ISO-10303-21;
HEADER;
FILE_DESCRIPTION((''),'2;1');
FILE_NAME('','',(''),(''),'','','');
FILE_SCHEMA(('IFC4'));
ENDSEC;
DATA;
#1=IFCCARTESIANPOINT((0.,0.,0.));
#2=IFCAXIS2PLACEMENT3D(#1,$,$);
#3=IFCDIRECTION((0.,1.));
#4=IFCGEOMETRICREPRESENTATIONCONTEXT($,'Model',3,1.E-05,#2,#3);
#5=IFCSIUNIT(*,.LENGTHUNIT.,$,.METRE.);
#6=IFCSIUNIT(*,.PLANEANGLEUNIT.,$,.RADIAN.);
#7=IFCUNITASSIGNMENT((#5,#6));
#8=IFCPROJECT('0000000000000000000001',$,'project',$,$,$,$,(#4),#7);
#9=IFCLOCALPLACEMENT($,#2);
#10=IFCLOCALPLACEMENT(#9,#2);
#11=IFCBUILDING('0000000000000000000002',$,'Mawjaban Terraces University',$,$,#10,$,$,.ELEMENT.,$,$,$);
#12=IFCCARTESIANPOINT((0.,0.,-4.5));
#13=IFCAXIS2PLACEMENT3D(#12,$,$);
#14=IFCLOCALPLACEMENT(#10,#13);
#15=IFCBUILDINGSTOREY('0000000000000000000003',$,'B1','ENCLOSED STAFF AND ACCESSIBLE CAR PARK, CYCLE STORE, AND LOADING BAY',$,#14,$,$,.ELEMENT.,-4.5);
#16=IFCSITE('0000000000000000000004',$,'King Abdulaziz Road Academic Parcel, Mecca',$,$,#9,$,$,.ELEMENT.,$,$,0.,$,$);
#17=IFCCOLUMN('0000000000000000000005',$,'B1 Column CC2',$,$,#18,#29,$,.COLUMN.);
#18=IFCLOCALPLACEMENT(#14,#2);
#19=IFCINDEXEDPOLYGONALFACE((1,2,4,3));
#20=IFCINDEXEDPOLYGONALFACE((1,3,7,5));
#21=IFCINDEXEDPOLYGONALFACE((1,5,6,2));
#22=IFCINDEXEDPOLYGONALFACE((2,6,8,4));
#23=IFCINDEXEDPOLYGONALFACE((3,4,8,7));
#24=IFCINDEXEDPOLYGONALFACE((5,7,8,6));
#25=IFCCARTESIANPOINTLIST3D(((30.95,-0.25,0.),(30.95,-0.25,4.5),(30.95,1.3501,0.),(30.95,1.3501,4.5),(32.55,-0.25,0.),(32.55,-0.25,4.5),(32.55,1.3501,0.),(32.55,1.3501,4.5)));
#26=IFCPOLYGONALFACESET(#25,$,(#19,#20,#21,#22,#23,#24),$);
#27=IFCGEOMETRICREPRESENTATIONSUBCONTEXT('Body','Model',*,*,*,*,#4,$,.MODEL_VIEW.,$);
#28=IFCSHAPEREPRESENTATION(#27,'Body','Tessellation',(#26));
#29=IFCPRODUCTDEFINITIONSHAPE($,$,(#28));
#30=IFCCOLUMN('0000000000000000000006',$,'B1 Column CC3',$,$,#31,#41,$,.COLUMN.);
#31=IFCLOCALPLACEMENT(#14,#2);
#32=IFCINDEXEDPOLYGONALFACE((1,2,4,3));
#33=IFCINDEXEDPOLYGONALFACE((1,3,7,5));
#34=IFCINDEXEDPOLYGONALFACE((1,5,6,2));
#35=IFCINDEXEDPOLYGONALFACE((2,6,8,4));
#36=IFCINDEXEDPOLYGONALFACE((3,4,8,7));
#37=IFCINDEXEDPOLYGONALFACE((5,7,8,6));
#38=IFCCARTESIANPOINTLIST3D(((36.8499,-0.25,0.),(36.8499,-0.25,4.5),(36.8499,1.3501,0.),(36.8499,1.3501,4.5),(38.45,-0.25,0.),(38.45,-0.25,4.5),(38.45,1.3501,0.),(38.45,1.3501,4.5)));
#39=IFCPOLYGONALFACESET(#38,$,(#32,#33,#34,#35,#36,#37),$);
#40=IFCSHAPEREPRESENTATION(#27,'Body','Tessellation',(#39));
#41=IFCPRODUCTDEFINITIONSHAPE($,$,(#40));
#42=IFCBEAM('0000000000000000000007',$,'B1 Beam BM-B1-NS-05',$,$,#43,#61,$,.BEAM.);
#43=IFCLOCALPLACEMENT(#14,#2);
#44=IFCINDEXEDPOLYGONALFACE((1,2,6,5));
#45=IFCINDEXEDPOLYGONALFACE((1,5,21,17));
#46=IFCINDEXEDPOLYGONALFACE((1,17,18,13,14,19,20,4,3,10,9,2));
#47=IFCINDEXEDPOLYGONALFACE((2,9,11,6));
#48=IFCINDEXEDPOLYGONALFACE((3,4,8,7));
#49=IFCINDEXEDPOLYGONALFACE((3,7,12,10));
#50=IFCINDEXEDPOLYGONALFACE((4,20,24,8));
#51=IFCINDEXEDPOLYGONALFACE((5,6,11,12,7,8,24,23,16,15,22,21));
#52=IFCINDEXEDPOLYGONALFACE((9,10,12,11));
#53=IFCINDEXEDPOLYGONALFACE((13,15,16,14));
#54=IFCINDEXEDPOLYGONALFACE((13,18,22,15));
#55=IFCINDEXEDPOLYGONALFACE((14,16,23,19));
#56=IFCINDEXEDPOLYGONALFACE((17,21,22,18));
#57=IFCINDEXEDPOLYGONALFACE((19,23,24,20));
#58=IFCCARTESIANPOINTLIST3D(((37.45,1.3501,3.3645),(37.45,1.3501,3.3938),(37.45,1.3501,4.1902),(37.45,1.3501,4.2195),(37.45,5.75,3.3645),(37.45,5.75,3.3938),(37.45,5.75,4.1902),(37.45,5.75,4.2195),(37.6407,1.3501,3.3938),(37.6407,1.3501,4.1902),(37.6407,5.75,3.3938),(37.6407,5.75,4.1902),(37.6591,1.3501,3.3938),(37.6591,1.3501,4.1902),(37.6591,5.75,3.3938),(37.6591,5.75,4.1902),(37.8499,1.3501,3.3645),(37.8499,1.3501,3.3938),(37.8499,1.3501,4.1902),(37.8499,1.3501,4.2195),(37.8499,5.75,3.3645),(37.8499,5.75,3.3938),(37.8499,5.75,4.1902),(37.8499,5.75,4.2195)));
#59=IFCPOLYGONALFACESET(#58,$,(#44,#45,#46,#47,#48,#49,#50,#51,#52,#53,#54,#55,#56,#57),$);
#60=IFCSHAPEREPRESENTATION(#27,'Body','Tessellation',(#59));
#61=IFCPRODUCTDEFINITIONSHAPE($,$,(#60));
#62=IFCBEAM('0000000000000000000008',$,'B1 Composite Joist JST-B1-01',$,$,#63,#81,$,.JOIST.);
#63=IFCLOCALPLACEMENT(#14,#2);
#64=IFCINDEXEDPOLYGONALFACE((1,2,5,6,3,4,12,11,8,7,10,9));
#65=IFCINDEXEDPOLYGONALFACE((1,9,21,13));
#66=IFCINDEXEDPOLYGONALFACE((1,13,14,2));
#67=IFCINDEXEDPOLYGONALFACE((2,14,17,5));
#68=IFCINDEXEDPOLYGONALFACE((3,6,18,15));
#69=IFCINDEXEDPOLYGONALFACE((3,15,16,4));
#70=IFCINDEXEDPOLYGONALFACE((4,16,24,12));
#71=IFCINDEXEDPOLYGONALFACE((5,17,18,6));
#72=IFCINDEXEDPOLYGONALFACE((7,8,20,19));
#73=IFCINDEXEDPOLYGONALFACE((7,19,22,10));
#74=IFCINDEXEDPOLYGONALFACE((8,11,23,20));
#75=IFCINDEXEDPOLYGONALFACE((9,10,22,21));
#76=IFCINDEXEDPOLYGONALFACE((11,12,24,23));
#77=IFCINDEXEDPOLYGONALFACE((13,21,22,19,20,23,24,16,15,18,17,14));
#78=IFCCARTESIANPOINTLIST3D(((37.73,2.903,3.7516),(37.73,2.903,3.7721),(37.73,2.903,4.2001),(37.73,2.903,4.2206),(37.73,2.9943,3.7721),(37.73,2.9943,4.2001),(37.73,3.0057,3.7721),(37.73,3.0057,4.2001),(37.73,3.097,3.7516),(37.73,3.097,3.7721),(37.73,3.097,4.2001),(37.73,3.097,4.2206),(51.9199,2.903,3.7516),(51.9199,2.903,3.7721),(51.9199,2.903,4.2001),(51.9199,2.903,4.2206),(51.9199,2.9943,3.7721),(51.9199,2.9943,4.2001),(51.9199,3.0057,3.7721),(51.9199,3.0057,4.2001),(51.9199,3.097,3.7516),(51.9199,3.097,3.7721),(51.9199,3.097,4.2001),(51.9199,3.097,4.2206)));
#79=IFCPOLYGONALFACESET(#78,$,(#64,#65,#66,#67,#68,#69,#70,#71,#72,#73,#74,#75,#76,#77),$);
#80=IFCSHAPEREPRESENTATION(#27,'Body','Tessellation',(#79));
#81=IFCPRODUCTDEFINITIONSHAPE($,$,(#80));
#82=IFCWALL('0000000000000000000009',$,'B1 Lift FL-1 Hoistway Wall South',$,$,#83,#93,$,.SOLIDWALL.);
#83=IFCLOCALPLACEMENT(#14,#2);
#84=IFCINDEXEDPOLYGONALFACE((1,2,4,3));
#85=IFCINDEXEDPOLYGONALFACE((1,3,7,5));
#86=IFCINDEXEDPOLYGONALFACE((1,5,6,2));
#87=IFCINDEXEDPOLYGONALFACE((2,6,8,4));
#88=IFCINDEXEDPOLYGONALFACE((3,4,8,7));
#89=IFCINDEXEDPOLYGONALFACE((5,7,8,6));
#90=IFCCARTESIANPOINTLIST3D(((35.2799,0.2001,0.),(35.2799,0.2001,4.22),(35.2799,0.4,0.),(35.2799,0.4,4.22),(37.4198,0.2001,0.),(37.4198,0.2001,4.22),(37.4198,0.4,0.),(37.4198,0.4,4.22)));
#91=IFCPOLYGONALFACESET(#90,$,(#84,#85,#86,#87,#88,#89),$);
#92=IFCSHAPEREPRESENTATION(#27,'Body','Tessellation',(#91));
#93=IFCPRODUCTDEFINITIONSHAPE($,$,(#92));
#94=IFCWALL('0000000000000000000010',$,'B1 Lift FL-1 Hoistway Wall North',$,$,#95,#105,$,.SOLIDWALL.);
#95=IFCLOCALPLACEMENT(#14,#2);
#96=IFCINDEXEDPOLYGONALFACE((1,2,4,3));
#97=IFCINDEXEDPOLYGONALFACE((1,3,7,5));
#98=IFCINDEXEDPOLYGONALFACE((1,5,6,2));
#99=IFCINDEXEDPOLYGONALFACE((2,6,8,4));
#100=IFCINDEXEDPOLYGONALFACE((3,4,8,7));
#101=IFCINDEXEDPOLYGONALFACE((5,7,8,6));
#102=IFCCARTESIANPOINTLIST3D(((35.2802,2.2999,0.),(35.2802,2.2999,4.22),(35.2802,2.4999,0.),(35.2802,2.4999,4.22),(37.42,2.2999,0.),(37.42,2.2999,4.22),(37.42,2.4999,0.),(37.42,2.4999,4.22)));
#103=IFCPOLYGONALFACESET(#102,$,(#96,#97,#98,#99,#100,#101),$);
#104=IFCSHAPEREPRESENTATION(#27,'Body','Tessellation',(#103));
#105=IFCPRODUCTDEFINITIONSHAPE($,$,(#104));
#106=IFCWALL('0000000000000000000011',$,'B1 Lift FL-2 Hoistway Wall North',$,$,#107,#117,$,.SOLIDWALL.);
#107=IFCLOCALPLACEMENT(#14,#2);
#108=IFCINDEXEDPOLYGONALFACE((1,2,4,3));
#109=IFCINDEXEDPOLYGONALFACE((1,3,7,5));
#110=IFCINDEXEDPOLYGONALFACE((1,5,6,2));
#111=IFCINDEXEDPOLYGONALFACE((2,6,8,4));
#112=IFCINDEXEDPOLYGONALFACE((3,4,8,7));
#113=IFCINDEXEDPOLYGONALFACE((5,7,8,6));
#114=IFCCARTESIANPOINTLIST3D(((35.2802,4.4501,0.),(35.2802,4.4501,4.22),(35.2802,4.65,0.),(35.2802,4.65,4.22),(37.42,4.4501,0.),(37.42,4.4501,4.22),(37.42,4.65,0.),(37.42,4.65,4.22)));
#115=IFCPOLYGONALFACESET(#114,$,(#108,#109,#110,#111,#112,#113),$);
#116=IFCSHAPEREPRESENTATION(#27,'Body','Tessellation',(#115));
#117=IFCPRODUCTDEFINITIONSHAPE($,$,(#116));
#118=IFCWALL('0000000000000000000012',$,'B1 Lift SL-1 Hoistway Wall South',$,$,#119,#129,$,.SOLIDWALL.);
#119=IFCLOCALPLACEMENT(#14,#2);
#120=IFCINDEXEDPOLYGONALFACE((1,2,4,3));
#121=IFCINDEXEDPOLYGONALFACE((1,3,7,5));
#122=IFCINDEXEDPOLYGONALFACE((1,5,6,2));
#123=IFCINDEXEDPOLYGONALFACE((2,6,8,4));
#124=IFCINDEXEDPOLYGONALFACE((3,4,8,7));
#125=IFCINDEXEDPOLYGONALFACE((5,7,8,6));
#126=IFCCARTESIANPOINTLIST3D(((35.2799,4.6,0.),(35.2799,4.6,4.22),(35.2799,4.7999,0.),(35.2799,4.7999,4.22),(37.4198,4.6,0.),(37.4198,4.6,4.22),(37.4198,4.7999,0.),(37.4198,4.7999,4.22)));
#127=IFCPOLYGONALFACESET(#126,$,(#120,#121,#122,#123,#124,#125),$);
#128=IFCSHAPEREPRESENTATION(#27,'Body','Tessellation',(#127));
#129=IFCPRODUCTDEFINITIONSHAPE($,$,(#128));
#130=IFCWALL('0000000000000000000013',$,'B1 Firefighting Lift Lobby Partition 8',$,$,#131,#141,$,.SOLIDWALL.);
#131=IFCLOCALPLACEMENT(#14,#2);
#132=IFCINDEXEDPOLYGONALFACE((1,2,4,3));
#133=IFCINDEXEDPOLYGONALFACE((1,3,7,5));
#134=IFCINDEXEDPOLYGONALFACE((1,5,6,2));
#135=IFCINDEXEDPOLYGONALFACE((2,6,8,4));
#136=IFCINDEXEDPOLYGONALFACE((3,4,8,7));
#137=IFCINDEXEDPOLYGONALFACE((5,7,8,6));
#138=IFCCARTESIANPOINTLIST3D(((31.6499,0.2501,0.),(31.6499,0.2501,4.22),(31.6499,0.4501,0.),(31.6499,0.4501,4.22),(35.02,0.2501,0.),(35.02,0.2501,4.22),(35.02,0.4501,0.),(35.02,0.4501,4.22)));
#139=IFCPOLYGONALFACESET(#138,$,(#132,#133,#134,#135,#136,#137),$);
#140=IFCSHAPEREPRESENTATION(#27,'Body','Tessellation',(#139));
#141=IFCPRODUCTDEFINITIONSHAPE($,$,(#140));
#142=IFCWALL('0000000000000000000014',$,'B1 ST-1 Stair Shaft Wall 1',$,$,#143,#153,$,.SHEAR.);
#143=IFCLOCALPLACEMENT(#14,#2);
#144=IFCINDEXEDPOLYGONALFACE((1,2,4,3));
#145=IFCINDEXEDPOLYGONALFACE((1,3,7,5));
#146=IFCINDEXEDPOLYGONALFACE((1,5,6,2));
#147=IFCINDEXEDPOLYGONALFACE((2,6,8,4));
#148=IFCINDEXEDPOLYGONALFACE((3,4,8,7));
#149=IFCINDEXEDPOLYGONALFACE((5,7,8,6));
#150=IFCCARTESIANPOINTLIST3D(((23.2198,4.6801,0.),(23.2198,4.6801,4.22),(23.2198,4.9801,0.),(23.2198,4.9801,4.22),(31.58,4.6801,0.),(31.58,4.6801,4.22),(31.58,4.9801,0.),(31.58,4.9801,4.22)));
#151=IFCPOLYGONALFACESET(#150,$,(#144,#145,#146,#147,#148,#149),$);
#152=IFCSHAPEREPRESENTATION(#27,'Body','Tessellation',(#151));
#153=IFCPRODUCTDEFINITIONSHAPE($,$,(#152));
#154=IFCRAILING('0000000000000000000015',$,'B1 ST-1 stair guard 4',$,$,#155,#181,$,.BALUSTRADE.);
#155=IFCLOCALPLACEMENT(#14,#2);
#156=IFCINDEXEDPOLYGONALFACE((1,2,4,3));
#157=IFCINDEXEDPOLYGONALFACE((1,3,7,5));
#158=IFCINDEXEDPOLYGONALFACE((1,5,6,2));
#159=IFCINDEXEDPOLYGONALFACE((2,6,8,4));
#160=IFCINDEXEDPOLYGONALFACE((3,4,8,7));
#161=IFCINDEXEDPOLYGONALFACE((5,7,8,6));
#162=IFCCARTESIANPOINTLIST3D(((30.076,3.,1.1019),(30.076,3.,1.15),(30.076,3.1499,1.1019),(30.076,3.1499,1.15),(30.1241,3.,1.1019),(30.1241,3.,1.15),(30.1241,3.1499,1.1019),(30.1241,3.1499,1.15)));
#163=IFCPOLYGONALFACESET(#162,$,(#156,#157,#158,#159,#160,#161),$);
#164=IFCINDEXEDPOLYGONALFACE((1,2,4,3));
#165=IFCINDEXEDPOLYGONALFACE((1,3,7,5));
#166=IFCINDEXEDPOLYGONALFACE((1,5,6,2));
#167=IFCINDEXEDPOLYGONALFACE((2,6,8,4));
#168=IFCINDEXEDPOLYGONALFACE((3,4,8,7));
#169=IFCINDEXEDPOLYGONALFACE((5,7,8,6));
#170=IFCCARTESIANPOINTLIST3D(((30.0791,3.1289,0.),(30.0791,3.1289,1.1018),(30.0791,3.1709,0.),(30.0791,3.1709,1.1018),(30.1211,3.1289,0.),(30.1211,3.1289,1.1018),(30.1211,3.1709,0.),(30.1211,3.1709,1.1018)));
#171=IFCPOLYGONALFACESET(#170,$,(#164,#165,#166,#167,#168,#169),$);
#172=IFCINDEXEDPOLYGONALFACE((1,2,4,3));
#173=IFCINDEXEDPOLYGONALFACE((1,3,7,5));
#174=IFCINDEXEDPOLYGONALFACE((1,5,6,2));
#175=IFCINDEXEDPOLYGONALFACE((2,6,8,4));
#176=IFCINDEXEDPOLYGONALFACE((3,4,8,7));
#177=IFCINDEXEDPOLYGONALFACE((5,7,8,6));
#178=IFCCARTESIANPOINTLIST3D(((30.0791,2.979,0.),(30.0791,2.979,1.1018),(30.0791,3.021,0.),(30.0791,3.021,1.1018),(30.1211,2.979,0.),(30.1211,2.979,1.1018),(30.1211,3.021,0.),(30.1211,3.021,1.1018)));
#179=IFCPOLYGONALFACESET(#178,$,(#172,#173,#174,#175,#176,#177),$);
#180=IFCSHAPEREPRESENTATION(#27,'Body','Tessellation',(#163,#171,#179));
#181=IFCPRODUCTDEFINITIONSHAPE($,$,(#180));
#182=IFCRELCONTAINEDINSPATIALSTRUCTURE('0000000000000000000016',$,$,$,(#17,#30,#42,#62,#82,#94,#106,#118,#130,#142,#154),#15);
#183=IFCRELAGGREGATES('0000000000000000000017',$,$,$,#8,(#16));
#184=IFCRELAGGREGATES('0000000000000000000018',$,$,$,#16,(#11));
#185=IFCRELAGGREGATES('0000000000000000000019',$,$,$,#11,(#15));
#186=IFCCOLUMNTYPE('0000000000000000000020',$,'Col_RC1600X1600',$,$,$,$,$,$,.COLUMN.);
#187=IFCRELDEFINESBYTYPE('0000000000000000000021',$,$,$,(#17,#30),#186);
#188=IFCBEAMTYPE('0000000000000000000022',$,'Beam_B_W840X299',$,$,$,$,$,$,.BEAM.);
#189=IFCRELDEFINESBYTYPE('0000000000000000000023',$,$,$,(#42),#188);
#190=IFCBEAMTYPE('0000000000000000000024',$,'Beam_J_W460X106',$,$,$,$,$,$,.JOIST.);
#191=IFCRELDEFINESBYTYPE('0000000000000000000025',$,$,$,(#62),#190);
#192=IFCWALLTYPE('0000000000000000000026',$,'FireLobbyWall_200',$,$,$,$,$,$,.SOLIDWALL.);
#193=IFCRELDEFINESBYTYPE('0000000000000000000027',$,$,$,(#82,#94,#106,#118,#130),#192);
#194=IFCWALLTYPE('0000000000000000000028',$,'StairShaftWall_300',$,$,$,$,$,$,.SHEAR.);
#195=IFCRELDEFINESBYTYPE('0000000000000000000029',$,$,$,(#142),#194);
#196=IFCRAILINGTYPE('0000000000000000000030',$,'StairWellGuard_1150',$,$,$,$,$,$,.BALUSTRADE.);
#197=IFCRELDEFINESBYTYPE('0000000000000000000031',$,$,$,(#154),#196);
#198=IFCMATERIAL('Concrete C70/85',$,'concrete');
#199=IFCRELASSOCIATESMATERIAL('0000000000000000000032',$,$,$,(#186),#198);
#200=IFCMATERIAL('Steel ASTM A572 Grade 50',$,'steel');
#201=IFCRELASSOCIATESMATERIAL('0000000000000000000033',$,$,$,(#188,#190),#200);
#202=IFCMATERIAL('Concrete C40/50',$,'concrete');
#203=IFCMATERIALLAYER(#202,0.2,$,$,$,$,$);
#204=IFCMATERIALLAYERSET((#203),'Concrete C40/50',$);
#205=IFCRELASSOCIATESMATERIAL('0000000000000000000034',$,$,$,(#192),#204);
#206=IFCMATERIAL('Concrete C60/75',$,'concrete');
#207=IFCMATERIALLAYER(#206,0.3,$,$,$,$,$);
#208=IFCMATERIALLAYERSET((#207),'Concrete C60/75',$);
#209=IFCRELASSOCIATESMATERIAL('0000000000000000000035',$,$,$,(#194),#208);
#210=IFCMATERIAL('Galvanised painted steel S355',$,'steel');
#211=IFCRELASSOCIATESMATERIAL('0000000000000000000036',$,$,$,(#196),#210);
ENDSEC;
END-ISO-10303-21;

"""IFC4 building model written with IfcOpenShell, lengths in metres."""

from ifc_helpers import new_model, si_unit, direction, frame, frame_2d, origin, origin_2d, place, context, subcontext, project, spatial, rectangle, i_section, extrude, material, layer, layer_set, material_profile, profile_set, type_object, element, save


model = new_model("IFC4")

# Units and contexts
model_context = context("Model", 3, precision=1e-05, world=origin(), true_north=direction((0.0, 1.0)))
body_context = subcontext(model_context, "Body", "Model", "MODEL_VIEW")
ifc_project = project(units=[si_unit("LENGTHUNIT", "METRE"), si_unit("PLANEANGLEUNIT", "RADIAN")], contexts=[model_context])

# Site, building, storey
site_placement = place(None, origin())
site = spatial("IfcSite", under=ifc_project, at=site_placement, Name="King Abdulaziz Road Academic Parcel, Mecca", CompositionType="ELEMENT", RefElevation=0.0)
building_placement = place(site_placement, origin())
building = spatial("IfcBuilding", under=site, at=building_placement, Name="Mawjaban Terraces University", CompositionType="ELEMENT")
storey_placement = place(building_placement, frame((0.0, 0.0, -4.5)))
storey = spatial("IfcBuildingStorey", under=building, at=storey_placement, Name="B1", Description="ENCLOSED STAFF AND ACCESSIBLE CAR PARK, CYCLE STORE, AND LOADING BAY", CompositionType="ELEMENT", Elevation=-4.5)

# Columns
ifc_material_1 = material(Name="Concrete C70/85", Category="concrete")
ifc_material_profile_1 = material_profile(ifc_material_1, rectangle(XDim=1.6001, YDim=1.6001, at=origin_2d()), Name="RC1600X1600")
ifc_profile_set_1 = profile_set([ifc_material_profile_1], Name="Concrete C70/85")
column_type = type_object("IfcColumnType", Name="Col_RC1600X1600", PredefinedType="COLUMN", material=ifc_profile_set_1)
for number, where, z_axis, x_axis, name in (
    (1, (31.75, 0.55, 0.0), (0.0, 0.0, 1.0), (1.0, 0.0, 0.0), "B1 Column CC2"),
    (2, (37.6499, 0.55, 0.0), (0.0, 0.0, 1.0), (1.0, 0.0, 0.0), "B1 Column CC3"),
):
    element("IfcColumn", number, at=place(storey_placement, frame(where, z_axis=z_axis, x_axis=x_axis)), inside=storey, type_object=column_type, Name=name, PredefinedType="COLUMN", context=body_context, shape_type="SweptSolid", body=[
        extrude(rectangle(XDim=1.6001, YDim=1.6001, at=origin_2d()), origin(), (0.0, 0.0, 1.0), 4.5),
    ])

# Beams
ifc_material_2 = material(Name="Steel ASTM A572 Grade 50", Category="steel")
ifc_material_profile_2 = material_profile(ifc_material_2, i_section(OverallWidth=0.3999, OverallDepth=0.855, WebThickness=0.0183, FlangeThickness=0.0293, at=origin_2d()), Name="W840X299")
ifc_profile_set_2 = profile_set([ifc_material_profile_2], Name="Steel ASTM A572 Grade 50")
beam_type_1 = type_object("IfcBeamType", Name="Beam_B_W840X299", PredefinedType="BEAM", material=ifc_profile_set_2)
beam_1_placement = place(storey_placement, frame((37.6499, 1.3501, 3.792), z_axis=(0.0, 1.0, 0.0), x_axis=(-1.0, 0.0, 0.0)))
element("IfcBeam", 3, at=beam_1_placement, inside=storey, type_object=beam_type_1, Name="B1 Beam BM-B1-NS-05", PredefinedType="BEAM", context=body_context, shape_type="SweptSolid", body=[
    extrude(i_section(OverallWidth=0.3999, OverallDepth=0.855, WebThickness=0.0183, FlangeThickness=0.0293, at=origin_2d()), origin(), (0.0, 0.0, 1.0), 4.3999),
])
ifc_material_profile_3 = material_profile(ifc_material_2, i_section(OverallWidth=0.1941, OverallDepth=0.469, WebThickness=0.0115, FlangeThickness=0.0205, at=origin_2d()), Name="W460X106")
ifc_profile_set_3 = profile_set([ifc_material_profile_3], Name="Steel ASTM A572 Grade 50")
beam_type_2 = type_object("IfcBeamType", Name="Beam_J_W460X106", PredefinedType="JOIST", material=ifc_profile_set_3)
beam_2_placement = place(storey_placement, frame((37.73, 3.0, 3.9861), z_axis=(1.0, 0.0, 0.0), x_axis=(0.0, 1.0, 0.0)))
element("IfcBeam", 4, at=beam_2_placement, inside=storey, type_object=beam_type_2, Name="B1 Composite Joist JST-B1-01", PredefinedType="JOIST", context=body_context, shape_type="SweptSolid", body=[
    extrude(i_section(OverallWidth=0.1941, OverallDepth=0.469, WebThickness=0.0115, FlangeThickness=0.0205, at=origin_2d()), origin(), (0.0, 0.0, 1.0), 14.1899),
])

# Shared definitions
ifc_material_3 = material(Name="Concrete C40/50", Category="concrete")
ifc_layer_1 = layer(ifc_material_3, 0.2)
ifc_layer_set_1 = layer_set([ifc_layer_1], Name="Concrete C40/50")
wall_type_1 = type_object("IfcWallType", Name="FireLobbyWall_200", PredefinedType="SOLIDWALL", material=ifc_layer_set_1)

# Walls
for number, where, z_axis, x_axis, name in (
    (5, (35.28, 0.3, 0.0), (0.0, 0.0, 1.0), (1.0, 0.0, 0.0), "B1 Lift FL-1 Hoistway Wall South"),
    (6, (37.4199, 2.3999, 0.0), (0.0, 0.0, 1.0), (-1.0, 0.0, 0.0), "B1 Lift FL-1 Hoistway Wall North"),
):
    element("IfcWall", number, at=place(storey_placement, frame(where, z_axis=z_axis, x_axis=x_axis)), inside=storey, type_object=wall_type_1, Name=name, PredefinedType="SOLIDWALL", context=body_context, shape_type="SweptSolid", body=[
        extrude(rectangle(XDim=2.1399, YDim=0.2, at=frame_2d((1.0698, 0.0))), origin(), (0.0, 0.0, 1.0), 4.22),
    ])

# Walls
for number, where, z_axis, x_axis, name in (
    (7, (37.4199, 4.55, 0.0), (0.0, 0.0, 1.0), (-1.0, 0.0, 0.0), "B1 Lift FL-2 Hoistway Wall North"),
    (8, (35.28, 4.7, 0.0), (0.0, 0.0, 1.0), (1.0, 0.0, 0.0), "B1 Lift SL-1 Hoistway Wall South"),
):
    element("IfcWall", number, at=place(storey_placement, frame(where, z_axis=z_axis, x_axis=x_axis)), inside=storey, type_object=wall_type_1, Name=name, PredefinedType="SOLIDWALL", context=body_context, shape_type="SweptSolid", body=[
        extrude(rectangle(XDim=2.1399, YDim=0.2, at=frame_2d((1.0698, 0.0))), origin(), (0.0, 0.0, 1.0), 4.22),
    ])
wall_1_placement = place(storey_placement, frame((31.6499, 0.3501, 0.0), z_axis=(0.0, 0.0, 1.0), x_axis=(1.0, 0.0, 0.0)))
element("IfcWall", 9, at=wall_1_placement, inside=storey, type_object=wall_type_1, Name="B1 Firefighting Lift Lobby Partition 8", PredefinedType="SOLIDWALL", context=body_context, shape_type="SweptSolid", body=[
    extrude(rectangle(XDim=3.3701, YDim=0.2, at=frame_2d((1.6851, 0.0))), origin(), (0.0, 0.0, 1.0), 4.22),
])

# Wall
ifc_material_4 = material(Name="Concrete C60/75", Category="concrete")
ifc_layer_2 = layer(ifc_material_4, 0.3)
ifc_layer_set_2 = layer_set([ifc_layer_2], Name="Concrete C60/75")
wall_type_2 = type_object("IfcWallType", Name="StairShaftWall_300", PredefinedType="SHEAR", material=ifc_layer_set_2)
wall_2_placement = place(storey_placement, frame((31.5801, 4.8301, 0.0), z_axis=(0.0, 0.0, 1.0), x_axis=(-1.0, 0.0, 0.0)))
element("IfcWall", 10, at=wall_2_placement, inside=storey, type_object=wall_type_2, Name="B1 ST-1 Stair Shaft Wall 1", PredefinedType="SHEAR", context=body_context, shape_type="SweptSolid", body=[
    extrude(rectangle(XDim=8.3601, YDim=0.3, at=frame_2d((4.1802, 0.0))), origin(), (0.0, 0.0, 1.0), 4.22),
])

# Railing
ifc_material_5 = material(Name="Galvanised painted steel S355", Category="steel")
railing_type = type_object("IfcRailingType", Name="StairWellGuard_1150", PredefinedType="BALUSTRADE", material=ifc_material_5)
railing_placement = place(storey_placement, frame((30.1001, 3.1499, 0.0)))
element("IfcRailing", 11, at=railing_placement, inside=storey, type_object=railing_type, Name="B1 ST-1 stair guard 4", PredefinedType="BALUSTRADE", context=body_context, shape_type="SweptSolid", body=[
    extrude(rectangle(XDim=0.0481, YDim=0.0481, at=origin_2d()), frame((0.0, 0.0, 1.126), z_axis=(0.0, -1.0, 0.0), x_axis=(1.0, 0.0, 0.0)), (0.0, 0.0, 1.0), 0.1499),
    extrude(rectangle(XDim=0.042, YDim=0.042, at=origin_2d()), origin(), (0.0, 0.0, 1.0), 1.1018),
    extrude(rectangle(XDim=0.042, YDim=0.042, at=origin_2d()), frame((0.0, -0.1499, 0.0)), (0.0, 0.0, 1.0), 1.1018),
])

save(model, "model.ifc")
